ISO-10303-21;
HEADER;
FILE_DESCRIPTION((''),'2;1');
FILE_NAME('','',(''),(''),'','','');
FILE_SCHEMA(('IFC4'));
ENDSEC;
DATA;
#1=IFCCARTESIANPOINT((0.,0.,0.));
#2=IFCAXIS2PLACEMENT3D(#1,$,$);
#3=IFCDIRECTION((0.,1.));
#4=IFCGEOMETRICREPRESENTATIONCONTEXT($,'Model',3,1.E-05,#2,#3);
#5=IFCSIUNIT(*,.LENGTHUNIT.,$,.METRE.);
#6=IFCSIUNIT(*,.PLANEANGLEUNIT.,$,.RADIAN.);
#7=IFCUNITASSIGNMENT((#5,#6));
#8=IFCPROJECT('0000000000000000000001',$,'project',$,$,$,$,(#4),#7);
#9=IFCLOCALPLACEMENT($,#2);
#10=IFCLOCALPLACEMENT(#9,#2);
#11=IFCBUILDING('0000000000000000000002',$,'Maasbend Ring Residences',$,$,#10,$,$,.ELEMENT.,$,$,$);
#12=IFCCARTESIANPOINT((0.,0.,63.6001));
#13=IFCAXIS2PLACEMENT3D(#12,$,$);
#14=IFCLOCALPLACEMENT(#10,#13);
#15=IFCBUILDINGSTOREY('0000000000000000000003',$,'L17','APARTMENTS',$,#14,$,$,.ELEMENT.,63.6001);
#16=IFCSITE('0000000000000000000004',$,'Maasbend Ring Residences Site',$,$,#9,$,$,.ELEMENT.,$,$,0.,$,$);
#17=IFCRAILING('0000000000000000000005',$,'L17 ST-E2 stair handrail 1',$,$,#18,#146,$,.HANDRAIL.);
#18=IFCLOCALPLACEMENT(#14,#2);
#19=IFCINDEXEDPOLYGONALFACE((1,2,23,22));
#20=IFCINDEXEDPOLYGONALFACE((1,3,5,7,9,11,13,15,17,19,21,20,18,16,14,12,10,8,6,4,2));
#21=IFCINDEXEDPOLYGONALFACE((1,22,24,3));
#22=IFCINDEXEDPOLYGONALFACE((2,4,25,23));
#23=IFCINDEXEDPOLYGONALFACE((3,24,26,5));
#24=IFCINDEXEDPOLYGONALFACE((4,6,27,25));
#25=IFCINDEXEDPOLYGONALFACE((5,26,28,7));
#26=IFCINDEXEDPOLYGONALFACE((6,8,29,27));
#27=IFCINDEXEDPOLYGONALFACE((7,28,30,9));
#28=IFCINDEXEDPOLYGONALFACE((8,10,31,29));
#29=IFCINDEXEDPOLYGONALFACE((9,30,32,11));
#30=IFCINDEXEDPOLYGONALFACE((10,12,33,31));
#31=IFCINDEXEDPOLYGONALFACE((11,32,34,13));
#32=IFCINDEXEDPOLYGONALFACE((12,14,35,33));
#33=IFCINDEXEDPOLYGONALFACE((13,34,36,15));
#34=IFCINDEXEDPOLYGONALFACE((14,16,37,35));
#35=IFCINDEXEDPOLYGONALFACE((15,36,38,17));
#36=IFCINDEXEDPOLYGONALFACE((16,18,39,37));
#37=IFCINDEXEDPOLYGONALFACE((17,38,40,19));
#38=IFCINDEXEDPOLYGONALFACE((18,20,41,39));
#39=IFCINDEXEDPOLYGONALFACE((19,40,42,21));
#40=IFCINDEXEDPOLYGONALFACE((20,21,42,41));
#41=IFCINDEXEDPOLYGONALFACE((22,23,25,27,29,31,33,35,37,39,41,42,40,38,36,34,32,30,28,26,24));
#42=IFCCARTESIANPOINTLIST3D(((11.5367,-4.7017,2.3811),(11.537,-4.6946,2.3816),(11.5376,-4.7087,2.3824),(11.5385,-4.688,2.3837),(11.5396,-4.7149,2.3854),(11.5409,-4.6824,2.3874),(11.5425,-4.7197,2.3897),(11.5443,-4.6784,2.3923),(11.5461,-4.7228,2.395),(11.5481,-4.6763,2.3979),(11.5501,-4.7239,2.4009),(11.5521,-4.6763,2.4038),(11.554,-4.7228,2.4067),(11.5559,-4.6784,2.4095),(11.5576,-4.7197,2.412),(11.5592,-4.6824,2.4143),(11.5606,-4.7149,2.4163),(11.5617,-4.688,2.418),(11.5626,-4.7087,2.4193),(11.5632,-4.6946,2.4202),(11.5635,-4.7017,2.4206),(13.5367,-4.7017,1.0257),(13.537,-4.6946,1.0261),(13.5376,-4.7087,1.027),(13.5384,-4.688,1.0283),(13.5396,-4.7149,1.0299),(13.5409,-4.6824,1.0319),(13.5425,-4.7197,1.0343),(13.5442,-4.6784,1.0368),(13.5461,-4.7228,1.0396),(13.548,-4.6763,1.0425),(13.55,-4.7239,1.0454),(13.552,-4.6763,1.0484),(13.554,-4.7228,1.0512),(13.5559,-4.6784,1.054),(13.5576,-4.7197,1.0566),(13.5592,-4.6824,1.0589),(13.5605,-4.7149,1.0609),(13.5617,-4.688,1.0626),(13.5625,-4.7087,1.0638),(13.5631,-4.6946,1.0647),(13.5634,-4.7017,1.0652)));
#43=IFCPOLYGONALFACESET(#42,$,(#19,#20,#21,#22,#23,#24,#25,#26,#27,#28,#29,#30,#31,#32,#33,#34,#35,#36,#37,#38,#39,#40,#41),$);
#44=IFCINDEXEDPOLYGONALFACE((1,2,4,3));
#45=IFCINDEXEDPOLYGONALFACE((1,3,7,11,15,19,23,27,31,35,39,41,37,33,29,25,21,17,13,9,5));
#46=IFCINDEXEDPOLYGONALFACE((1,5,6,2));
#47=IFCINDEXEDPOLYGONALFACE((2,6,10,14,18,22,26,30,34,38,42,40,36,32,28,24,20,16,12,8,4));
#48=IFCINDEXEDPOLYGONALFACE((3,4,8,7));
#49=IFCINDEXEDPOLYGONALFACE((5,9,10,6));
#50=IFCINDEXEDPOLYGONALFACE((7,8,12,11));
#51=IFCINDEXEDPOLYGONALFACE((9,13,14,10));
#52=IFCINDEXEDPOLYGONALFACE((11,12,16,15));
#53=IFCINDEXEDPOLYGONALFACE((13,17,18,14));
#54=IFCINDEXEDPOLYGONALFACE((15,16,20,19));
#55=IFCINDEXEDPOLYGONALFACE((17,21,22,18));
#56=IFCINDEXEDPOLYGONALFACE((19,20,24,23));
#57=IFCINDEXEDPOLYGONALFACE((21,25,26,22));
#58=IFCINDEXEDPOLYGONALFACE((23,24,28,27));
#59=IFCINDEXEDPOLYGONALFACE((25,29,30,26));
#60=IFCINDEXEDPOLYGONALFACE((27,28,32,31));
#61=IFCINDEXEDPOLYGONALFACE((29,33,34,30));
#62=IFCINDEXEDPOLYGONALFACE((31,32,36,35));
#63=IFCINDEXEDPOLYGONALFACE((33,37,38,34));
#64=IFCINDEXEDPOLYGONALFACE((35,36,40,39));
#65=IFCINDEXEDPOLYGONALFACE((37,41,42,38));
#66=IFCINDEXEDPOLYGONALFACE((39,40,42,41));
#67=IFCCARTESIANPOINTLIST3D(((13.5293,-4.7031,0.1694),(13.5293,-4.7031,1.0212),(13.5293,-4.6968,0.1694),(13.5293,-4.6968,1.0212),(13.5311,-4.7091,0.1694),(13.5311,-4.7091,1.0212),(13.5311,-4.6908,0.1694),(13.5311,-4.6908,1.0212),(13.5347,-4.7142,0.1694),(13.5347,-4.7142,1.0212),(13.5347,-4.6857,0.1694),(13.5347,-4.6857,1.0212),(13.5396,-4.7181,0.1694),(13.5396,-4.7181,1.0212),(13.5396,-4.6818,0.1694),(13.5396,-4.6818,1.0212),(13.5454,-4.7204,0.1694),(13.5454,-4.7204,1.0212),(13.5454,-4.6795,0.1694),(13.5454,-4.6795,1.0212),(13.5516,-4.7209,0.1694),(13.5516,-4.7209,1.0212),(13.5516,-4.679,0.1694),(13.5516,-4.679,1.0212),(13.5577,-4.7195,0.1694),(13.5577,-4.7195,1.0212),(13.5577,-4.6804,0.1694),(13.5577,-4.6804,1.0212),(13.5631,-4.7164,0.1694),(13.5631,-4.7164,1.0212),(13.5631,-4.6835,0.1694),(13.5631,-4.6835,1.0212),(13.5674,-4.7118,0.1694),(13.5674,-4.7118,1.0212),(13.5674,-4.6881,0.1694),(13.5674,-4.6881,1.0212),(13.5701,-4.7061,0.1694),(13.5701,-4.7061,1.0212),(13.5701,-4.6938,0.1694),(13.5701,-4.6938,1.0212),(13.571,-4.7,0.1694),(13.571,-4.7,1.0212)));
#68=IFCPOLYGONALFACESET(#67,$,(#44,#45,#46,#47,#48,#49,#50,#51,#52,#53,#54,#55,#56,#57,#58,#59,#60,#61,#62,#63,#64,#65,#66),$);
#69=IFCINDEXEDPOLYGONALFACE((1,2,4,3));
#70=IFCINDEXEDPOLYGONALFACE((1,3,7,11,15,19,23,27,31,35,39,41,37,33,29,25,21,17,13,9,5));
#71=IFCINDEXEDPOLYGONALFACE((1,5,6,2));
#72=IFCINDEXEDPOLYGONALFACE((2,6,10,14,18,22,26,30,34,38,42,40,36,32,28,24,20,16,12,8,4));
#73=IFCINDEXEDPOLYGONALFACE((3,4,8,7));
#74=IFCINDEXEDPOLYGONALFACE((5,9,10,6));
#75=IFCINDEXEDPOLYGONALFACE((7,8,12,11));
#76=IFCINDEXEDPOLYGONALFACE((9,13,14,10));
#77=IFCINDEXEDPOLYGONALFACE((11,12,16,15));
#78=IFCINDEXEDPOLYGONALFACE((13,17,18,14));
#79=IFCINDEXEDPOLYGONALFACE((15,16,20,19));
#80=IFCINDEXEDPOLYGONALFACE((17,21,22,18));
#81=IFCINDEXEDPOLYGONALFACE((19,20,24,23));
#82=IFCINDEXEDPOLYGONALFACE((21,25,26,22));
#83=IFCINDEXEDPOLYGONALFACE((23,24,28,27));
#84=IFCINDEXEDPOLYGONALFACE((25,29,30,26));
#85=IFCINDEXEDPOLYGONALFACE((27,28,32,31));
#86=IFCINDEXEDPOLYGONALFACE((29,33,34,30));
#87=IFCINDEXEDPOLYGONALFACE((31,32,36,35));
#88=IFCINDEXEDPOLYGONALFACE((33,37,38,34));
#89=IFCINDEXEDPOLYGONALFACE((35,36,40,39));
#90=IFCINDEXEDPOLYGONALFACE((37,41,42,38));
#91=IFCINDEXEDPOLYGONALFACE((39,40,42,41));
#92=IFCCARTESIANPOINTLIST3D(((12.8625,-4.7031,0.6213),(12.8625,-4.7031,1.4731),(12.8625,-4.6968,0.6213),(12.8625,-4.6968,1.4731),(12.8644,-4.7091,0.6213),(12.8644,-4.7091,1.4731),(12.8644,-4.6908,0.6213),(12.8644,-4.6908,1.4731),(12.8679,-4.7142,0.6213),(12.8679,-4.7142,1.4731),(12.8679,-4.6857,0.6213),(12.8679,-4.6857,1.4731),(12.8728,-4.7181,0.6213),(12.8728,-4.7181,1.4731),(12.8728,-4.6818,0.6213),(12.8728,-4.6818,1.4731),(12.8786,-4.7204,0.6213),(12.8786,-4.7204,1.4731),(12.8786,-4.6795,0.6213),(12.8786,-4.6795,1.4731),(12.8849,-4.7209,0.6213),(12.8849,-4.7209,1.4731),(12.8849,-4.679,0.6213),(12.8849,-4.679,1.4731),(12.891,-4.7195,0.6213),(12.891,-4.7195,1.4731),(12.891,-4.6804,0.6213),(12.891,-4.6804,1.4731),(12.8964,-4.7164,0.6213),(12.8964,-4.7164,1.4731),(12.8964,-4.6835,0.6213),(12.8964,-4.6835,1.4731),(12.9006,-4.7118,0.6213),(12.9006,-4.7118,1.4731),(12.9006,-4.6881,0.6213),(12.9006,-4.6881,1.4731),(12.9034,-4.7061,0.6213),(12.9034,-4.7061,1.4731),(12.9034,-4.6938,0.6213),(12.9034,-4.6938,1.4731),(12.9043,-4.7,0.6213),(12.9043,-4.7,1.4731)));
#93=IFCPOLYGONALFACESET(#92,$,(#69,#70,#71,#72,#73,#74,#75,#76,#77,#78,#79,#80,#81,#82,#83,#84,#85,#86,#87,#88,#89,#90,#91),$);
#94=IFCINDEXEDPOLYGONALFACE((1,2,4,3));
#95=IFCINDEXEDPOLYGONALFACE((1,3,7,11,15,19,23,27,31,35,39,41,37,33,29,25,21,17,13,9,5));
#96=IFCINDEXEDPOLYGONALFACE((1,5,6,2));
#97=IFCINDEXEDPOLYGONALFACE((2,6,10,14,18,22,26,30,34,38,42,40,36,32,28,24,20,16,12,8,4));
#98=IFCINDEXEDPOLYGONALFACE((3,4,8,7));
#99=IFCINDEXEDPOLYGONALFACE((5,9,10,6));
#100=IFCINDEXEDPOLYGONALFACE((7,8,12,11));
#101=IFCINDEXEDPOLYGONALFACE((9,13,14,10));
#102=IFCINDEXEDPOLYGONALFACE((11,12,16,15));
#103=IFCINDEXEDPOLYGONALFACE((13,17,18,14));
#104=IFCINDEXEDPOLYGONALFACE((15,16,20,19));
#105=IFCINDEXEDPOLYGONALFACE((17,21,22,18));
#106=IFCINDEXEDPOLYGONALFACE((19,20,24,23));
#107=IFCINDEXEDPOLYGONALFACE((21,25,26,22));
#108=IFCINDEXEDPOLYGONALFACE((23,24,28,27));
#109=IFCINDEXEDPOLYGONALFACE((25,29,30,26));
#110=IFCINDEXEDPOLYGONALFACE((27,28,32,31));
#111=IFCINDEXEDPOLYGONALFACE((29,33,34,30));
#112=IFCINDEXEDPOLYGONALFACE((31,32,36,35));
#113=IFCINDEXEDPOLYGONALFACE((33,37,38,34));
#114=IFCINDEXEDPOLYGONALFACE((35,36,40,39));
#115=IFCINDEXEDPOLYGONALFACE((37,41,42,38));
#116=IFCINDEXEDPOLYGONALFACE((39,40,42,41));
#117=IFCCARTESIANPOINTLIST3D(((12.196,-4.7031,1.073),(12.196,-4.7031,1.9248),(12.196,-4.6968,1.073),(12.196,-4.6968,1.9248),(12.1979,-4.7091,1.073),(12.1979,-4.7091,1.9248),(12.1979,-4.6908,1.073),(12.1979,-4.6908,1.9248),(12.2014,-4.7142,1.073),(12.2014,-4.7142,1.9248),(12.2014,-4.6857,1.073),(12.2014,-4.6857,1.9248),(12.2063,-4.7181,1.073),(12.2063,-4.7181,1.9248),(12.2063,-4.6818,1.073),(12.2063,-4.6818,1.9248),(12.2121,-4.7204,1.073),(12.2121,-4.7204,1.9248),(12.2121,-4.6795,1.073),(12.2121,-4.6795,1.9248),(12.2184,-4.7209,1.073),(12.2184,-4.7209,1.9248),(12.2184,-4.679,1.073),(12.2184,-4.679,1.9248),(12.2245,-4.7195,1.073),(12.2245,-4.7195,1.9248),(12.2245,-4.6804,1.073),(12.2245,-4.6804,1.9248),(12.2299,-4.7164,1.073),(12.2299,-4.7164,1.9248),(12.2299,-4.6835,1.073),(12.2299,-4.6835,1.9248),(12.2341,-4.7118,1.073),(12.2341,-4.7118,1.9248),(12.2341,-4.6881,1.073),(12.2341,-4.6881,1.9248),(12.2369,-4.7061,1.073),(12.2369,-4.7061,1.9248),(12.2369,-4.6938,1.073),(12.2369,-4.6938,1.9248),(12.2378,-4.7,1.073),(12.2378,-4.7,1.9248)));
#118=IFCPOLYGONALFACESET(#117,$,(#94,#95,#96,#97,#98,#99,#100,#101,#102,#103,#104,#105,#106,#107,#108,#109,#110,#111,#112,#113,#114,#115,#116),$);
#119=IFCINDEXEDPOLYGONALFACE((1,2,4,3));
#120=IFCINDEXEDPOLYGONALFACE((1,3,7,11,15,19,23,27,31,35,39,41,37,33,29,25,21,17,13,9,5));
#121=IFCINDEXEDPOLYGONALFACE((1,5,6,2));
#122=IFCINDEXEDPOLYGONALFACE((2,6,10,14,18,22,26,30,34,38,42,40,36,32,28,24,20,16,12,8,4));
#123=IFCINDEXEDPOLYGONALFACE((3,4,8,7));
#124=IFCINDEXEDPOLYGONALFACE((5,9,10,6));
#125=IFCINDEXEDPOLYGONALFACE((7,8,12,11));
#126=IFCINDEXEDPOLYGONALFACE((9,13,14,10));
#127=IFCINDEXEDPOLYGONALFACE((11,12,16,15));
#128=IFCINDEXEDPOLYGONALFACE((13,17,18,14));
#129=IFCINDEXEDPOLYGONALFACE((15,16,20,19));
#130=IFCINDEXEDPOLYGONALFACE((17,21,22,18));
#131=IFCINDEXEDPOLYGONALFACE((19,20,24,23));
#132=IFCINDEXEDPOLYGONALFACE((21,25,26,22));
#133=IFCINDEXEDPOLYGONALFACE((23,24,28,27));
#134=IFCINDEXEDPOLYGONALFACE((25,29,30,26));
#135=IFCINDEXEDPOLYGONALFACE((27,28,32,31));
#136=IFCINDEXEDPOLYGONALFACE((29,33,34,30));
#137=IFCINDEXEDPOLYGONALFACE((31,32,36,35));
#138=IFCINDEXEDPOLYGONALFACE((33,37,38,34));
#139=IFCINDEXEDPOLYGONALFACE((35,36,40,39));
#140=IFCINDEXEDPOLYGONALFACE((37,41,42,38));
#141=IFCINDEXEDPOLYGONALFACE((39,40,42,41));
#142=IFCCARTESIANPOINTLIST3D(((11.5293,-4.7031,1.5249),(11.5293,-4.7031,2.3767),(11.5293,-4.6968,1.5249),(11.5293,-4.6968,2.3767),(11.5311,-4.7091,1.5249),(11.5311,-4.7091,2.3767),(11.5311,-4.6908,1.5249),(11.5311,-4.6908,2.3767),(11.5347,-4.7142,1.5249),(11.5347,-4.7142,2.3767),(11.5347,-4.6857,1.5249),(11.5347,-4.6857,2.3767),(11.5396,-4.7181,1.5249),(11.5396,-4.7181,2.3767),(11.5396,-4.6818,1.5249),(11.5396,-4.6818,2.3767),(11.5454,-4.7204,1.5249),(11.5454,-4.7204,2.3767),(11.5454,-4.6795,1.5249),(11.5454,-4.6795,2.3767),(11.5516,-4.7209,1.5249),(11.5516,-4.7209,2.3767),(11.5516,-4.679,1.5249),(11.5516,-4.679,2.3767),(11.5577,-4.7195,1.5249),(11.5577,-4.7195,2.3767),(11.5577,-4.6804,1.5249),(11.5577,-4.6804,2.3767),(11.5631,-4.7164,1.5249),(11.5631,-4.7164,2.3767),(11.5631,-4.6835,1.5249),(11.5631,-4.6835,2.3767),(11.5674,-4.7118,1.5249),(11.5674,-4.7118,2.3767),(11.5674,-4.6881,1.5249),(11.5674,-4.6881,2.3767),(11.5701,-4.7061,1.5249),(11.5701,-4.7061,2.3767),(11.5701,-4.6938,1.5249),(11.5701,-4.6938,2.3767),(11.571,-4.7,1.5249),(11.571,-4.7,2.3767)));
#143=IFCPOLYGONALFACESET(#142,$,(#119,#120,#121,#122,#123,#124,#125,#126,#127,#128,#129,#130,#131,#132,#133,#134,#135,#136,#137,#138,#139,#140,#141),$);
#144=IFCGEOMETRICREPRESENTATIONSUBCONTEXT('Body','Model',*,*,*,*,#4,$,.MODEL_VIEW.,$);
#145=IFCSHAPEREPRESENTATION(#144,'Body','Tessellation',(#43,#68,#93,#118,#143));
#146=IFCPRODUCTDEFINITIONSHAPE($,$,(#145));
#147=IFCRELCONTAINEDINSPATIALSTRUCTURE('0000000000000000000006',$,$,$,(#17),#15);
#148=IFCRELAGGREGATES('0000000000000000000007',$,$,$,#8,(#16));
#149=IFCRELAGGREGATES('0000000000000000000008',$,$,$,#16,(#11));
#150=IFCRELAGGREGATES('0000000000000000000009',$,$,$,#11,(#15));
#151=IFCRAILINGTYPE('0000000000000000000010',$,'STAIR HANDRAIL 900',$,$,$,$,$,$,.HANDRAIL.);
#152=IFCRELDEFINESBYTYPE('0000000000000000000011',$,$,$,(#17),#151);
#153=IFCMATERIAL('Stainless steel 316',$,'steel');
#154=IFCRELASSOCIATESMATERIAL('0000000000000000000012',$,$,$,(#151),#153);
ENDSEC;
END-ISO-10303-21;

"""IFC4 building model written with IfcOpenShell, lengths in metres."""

from ifc_helpers import new_model, si_unit, direction, frame, origin, origin_2d, place, context, subcontext, project, spatial, circle, extrude, material, type_object, element, save


model = new_model("IFC4")

# Units and contexts
model_context = context("Model", 3, precision=1e-05, world=origin(), true_north=direction((0.0, 1.0)))
body_context = subcontext(model_context, "Body", "Model", "MODEL_VIEW")
ifc_project = project(units=[si_unit("LENGTHUNIT", "METRE"), si_unit("PLANEANGLEUNIT", "RADIAN")], contexts=[model_context])

# Site, building, storey
site_placement = place(None, origin())
site = spatial("IfcSite", under=ifc_project, at=site_placement, Name="Maasbend Ring Residences Site", CompositionType="ELEMENT", RefElevation=0.0)
building_placement = place(site_placement, origin())
building = spatial("IfcBuilding", under=site, at=building_placement, Name="Maasbend Ring Residences", CompositionType="ELEMENT")
storey_placement = place(building_placement, frame((0.0, 0.0, 63.6001)))
storey = spatial("IfcBuildingStorey", under=building, at=storey_placement, Name="L17", Description="APARTMENTS", CompositionType="ELEMENT", Elevation=63.6001)

# Railing
ifc_material_1 = material(Name="Stainless steel 316", Category="steel")
railing_type_1 = type_object("IfcRailingType", Name="STAIR HANDRAIL 900", PredefinedType="HANDRAIL", material=ifc_material_1)
railing_1_placement = place(storey_placement, frame((13.55, -4.7, 0.1694)))
element("IfcRailing", 1, at=railing_1_placement, inside=storey, type_object=railing_type_1, Name="L17 ST-E2 stair handrail 1", PredefinedType="HANDRAIL", context=body_context, shape_type="SweptSolid", body=[
    extrude(circle(Radius=0.0239, at=origin_2d()), frame((0.0, 0.0, 0.876), z_axis=(-0.827798, 0.0, 0.561027), x_axis=(0.0, -1.0, 0.0)), (0.0, 0.0, 1.0), 2.416),
    extrude(circle(Radius=0.021, at=origin_2d()), origin(), (0.0, 0.0, 1.0), 0.8518),
    extrude(circle(Radius=0.021, at=origin_2d()), frame((-0.6667, 0.0, 0.4519)), (0.0, 0.0, 1.0), 0.8518),
    extrude(circle(Radius=0.021, at=origin_2d()), frame((-1.3333, 0.0, 0.9036)), (0.0, 0.0, 1.0), 0.8518),
    extrude(circle(Radius=0.021, at=origin_2d()), frame((-2.0, 0.0, 1.3555)), (0.0, 0.0, 1.0), 0.8518),
])

save(model, "model.ifc")
